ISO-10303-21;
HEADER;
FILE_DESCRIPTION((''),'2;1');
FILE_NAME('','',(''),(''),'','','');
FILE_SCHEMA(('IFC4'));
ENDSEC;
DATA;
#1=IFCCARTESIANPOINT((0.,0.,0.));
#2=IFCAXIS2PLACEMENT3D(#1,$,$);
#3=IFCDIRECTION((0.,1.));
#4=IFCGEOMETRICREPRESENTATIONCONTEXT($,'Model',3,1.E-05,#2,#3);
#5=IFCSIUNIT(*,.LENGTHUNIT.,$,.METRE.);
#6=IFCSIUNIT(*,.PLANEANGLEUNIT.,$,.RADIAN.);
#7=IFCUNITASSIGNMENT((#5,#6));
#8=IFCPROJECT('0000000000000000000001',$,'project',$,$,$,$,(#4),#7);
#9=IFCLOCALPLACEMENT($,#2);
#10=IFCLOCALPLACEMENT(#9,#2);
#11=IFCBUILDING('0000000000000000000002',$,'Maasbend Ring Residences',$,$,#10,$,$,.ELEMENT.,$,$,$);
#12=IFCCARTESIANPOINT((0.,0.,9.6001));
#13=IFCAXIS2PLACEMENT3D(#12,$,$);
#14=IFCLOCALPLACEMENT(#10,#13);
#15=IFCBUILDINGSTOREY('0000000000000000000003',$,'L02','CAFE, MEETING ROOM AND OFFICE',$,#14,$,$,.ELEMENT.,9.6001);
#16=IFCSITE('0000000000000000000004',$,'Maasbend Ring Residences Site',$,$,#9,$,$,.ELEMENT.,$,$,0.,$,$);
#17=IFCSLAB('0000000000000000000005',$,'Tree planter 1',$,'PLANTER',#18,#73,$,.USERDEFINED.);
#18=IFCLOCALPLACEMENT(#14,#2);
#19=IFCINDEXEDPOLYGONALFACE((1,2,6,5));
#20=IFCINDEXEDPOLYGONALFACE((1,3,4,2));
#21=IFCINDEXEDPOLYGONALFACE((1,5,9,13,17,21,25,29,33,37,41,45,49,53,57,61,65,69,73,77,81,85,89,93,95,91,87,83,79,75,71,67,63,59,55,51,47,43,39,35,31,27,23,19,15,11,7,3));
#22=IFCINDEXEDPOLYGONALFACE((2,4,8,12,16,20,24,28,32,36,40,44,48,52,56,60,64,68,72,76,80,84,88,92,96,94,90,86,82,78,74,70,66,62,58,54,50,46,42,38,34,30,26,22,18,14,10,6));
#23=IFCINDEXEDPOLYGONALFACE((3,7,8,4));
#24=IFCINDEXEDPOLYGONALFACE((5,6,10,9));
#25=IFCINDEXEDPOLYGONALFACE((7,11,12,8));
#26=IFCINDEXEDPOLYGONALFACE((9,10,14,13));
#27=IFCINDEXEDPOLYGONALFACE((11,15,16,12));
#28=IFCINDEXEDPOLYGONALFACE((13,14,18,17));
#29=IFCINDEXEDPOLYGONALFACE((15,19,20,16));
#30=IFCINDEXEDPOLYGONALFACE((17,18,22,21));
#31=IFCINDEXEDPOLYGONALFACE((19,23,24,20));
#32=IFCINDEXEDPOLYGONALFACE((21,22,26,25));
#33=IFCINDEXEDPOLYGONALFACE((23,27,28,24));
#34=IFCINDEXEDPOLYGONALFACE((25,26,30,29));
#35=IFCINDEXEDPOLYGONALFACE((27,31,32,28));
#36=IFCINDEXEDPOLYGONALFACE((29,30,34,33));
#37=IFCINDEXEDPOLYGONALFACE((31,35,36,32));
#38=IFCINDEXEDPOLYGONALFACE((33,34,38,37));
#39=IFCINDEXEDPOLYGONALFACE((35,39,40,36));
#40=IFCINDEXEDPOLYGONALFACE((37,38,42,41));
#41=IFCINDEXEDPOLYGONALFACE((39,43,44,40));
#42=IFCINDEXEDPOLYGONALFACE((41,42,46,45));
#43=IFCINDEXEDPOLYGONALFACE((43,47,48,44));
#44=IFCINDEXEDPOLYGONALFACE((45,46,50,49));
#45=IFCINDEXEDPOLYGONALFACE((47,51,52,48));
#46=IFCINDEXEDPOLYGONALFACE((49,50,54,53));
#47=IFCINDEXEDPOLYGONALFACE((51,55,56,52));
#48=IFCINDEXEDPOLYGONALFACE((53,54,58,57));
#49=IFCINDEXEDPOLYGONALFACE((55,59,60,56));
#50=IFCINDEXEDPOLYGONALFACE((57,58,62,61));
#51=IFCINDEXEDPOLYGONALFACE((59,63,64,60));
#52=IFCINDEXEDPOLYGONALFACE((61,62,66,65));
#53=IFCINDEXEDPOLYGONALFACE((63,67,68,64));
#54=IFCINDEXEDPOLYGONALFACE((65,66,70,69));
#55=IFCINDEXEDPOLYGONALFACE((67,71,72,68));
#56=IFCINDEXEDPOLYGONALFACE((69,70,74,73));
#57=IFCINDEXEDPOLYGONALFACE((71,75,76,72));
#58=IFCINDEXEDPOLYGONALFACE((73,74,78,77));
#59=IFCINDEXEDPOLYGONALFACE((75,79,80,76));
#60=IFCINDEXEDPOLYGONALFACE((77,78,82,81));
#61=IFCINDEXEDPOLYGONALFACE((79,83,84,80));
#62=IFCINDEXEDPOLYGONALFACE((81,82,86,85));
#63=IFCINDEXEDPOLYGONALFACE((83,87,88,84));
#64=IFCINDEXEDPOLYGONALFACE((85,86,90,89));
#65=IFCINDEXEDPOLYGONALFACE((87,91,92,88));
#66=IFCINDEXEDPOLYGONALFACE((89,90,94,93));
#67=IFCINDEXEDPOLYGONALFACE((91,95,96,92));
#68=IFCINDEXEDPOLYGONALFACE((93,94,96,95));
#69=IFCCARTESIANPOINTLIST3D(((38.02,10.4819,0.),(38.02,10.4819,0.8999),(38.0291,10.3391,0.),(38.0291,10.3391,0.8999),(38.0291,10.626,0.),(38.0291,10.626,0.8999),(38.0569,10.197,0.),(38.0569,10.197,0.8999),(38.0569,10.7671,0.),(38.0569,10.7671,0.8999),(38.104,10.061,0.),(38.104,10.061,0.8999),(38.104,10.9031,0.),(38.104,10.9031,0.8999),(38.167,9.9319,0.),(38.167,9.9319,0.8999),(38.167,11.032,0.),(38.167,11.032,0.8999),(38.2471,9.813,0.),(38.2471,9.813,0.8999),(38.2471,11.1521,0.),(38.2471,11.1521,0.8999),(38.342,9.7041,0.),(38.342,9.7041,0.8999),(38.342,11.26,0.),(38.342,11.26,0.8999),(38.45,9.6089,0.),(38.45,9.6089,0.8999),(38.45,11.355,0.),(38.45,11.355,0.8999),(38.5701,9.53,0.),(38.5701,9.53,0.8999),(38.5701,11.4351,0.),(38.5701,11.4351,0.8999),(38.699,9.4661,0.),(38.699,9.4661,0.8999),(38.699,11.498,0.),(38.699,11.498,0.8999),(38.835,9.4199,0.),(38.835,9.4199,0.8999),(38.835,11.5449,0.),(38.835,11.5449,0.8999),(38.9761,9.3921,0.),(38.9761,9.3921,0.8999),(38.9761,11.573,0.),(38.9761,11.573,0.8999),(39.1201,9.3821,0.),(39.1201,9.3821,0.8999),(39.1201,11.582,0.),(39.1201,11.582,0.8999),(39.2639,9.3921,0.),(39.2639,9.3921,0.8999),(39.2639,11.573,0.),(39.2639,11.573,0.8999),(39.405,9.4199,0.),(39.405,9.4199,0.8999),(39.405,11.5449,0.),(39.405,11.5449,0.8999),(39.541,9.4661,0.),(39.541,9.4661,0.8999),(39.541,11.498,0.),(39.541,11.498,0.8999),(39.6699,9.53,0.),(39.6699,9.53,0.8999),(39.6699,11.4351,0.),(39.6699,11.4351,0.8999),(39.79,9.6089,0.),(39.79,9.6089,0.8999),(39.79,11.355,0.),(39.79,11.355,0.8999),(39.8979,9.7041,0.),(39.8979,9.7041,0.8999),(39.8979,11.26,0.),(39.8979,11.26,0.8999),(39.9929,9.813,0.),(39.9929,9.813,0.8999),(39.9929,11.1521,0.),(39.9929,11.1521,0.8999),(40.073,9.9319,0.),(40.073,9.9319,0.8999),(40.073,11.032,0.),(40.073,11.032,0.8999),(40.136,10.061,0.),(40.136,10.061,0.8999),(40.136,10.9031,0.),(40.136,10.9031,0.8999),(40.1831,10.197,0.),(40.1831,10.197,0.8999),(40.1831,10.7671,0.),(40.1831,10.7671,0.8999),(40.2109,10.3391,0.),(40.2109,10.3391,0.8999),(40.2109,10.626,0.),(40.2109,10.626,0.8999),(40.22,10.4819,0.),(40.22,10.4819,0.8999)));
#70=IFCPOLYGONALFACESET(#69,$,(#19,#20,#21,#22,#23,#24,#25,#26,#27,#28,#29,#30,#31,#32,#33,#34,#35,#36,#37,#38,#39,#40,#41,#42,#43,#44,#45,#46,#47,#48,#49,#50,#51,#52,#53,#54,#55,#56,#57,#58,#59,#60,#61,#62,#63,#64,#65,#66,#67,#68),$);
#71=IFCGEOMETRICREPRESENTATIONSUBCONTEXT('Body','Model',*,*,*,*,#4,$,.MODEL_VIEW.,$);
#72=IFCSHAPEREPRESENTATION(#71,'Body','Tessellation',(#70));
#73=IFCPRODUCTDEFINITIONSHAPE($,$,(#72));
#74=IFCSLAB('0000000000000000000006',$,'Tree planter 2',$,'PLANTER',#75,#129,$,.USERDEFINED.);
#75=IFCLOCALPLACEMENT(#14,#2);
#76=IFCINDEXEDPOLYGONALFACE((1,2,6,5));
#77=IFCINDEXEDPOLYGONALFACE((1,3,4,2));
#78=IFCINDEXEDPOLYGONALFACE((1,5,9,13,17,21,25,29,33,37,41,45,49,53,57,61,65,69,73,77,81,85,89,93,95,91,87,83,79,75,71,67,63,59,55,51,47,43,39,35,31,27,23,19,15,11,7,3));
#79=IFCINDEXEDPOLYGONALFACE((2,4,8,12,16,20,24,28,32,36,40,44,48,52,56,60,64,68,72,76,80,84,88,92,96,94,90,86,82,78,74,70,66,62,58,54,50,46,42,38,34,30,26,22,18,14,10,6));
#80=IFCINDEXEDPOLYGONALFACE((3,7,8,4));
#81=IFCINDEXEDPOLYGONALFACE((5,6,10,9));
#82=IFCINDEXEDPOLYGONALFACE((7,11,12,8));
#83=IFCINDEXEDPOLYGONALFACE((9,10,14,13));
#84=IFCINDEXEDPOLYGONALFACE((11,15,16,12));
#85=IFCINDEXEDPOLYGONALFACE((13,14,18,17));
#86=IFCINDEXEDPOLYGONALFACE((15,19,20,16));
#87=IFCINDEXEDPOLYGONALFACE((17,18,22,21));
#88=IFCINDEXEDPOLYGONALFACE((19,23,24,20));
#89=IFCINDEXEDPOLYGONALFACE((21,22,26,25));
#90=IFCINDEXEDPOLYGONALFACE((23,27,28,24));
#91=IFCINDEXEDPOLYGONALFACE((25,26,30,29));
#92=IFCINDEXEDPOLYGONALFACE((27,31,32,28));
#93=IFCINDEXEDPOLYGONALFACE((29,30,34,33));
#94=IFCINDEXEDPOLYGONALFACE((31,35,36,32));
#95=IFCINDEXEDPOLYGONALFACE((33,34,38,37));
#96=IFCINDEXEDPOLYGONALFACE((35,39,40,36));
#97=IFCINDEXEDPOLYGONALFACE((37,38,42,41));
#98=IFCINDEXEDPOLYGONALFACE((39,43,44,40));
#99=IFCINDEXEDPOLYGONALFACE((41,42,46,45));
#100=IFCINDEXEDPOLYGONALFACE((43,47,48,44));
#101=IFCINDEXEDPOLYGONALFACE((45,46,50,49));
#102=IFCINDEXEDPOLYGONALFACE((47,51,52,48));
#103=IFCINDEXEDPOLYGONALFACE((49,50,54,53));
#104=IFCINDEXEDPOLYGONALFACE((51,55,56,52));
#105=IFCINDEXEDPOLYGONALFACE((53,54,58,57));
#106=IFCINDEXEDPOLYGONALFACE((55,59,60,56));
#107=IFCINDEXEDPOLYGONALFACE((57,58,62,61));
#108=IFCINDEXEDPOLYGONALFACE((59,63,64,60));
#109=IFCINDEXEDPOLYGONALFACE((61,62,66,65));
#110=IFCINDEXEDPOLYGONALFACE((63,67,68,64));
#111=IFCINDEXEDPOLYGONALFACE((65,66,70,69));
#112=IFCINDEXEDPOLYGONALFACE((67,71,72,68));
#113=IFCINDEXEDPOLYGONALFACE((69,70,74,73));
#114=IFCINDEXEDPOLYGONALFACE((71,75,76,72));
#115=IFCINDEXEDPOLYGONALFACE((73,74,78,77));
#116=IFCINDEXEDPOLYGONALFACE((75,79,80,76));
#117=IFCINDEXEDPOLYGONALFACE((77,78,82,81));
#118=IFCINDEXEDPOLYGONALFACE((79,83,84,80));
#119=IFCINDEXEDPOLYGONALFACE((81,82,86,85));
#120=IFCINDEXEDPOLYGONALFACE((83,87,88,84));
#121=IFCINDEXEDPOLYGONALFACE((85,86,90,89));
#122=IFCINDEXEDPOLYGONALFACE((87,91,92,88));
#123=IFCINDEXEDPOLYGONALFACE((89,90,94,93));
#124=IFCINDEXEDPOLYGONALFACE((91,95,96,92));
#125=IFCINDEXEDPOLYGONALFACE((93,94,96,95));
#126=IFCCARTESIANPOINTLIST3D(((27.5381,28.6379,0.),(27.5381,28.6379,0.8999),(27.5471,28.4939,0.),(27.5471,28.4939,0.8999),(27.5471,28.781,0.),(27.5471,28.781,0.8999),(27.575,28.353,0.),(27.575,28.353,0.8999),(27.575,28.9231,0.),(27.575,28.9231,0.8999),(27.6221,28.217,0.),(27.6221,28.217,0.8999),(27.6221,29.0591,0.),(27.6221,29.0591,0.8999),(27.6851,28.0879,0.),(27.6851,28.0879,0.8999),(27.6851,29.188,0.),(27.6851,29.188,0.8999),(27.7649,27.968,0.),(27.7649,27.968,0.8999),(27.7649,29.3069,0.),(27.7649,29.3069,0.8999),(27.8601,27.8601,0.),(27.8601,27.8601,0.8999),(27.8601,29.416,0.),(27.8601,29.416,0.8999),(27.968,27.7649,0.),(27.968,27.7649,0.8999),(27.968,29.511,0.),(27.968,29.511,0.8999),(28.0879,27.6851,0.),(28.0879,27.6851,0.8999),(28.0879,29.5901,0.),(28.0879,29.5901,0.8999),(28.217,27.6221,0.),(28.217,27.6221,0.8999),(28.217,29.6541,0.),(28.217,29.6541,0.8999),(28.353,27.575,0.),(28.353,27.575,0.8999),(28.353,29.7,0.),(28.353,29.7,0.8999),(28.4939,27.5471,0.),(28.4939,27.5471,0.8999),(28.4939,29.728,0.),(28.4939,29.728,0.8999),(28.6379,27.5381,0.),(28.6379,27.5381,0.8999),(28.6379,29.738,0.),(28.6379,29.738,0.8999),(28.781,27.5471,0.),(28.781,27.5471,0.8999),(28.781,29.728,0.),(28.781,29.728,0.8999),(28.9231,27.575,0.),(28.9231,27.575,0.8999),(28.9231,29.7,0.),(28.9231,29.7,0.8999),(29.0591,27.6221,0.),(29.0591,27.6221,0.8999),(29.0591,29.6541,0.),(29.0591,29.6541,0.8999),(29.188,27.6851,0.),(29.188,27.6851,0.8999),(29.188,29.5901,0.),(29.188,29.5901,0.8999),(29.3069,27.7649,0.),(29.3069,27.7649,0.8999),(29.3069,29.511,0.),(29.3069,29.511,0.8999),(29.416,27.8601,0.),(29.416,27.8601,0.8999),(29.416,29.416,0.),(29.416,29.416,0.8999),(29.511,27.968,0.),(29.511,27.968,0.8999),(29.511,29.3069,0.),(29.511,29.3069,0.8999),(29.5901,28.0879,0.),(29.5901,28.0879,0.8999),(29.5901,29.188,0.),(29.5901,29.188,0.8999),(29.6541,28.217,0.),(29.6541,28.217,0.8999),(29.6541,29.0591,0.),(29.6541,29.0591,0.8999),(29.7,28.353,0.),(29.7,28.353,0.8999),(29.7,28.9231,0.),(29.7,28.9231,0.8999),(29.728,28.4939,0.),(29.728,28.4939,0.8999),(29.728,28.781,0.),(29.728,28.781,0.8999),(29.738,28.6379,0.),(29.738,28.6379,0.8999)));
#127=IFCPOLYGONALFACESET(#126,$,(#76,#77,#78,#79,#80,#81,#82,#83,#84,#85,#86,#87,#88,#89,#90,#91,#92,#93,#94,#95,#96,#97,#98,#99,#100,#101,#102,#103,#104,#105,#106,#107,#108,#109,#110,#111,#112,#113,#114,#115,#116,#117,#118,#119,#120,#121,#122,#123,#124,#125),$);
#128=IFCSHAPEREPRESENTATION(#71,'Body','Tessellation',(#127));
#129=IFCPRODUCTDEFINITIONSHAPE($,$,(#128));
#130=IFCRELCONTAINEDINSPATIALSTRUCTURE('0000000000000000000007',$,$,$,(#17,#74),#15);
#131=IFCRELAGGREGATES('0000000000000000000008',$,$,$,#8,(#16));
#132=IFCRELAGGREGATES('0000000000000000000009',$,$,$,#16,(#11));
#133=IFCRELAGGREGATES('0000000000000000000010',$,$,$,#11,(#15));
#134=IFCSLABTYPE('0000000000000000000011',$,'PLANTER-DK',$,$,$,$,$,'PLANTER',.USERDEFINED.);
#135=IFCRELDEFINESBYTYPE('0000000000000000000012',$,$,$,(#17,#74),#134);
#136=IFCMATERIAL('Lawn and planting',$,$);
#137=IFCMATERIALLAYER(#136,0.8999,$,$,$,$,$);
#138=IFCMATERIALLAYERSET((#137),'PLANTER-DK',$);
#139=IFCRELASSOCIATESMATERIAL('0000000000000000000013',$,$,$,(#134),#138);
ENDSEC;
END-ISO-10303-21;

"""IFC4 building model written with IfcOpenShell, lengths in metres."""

from ifc_helpers import new_model, si_unit, direction, frame, origin, place, context, subcontext, project, spatial, polyline, outline, extrude, material, layer, layer_set, type_object, element, save


model = new_model("IFC4")

# Units and contexts
model_context = context("Model", 3, precision=1e-05, world=origin(), true_north=direction((0.0, 1.0)))
body_context = subcontext(model_context, "Body", "Model", "MODEL_VIEW")
ifc_project = project(units=[si_unit("LENGTHUNIT", "METRE"), si_unit("PLANEANGLEUNIT", "RADIAN")], contexts=[model_context])

# Site, building, storey
site_placement = place(None, origin())
site = spatial("IfcSite", under=ifc_project, at=site_placement, Name="Maasbend Ring Residences Site", CompositionType="ELEMENT", RefElevation=0.0)
building_placement = place(site_placement, origin())
building = spatial("IfcBuilding", under=site, at=building_placement, Name="Maasbend Ring Residences", CompositionType="ELEMENT")
storey_placement = place(building_placement, frame((0.0, 0.0, 9.6001)))
storey = spatial("IfcBuildingStorey", under=building, at=storey_placement, Name="L02", Description="CAFE, MEETING ROOM AND OFFICE", CompositionType="ELEMENT", Elevation=9.6001)

# Slabs
ifc_material = material(Name="Lawn and planting")
ifc_layer = layer(ifc_material, 0.8999)
ifc_layer_set = layer_set([ifc_layer], Name="PLANTER-DK")
slab_type = type_object("IfcSlabType", Name="PLANTER-DK", ElementType="PLANTER", PredefinedType="USERDEFINED", material=ifc_layer_set)
slab_1_placement = place(storey_placement, origin())
element("IfcSlab", 1, at=slab_1_placement, inside=storey, type_object=slab_type, Name="Tree planter 1", ObjectType="PLANTER", PredefinedType="USERDEFINED", context=body_context, shape_type="SweptSolid", body=[
    extrude(outline(polyline([(40.22, 10.4819), (40.2109, 10.3391), (40.1831, 10.197), (40.136, 10.061), (40.073, 9.9319), (39.9929, 9.813), (39.8979, 9.7041), (39.79, 9.6089), (39.6699, 9.53), (39.541, 9.4661), (39.405, 9.4199), (39.2639, 9.3921), (39.1201, 9.3821), (38.9761, 9.3921), (38.835, 9.4199), (38.699, 9.4661), (38.5701, 9.53), (38.45, 9.6089), (38.342, 9.7041), (38.2471, 9.813), (38.167, 9.9319), (38.104, 10.061), (38.0569, 10.197), (38.0291, 10.3391), (38.02, 10.4819), (38.0291, 10.626), (38.0569, 10.7671), (38.104, 10.9031), (38.167, 11.032), (38.2471, 11.1521), (38.342, 11.26), (38.45, 11.355), (38.5701, 11.4351), (38.699, 11.498), (38.835, 11.5449), (38.9761, 11.573), (39.1201, 11.582), (39.2639, 11.573), (39.405, 11.5449), (39.541, 11.498), (39.6699, 11.4351), (39.79, 11.355), (39.8979, 11.26), (39.9929, 11.1521), (40.073, 11.032), (40.136, 10.9031), (40.1831, 10.7671), (40.2109, 10.626), (40.22, 10.4819)])), origin(), (0.0, 0.0, 1.0), 0.8999),
])
slab_2_placement = place(storey_placement, origin())
element("IfcSlab", 2, at=slab_2_placement, inside=storey, type_object=slab_type, Name="Tree planter 2", ObjectType="PLANTER", PredefinedType="USERDEFINED", context=body_context, shape_type="SweptSolid", body=[
    extrude(outline(polyline([(29.738, 28.6379), (29.728, 28.4939), (29.7, 28.353), (29.6541, 28.217), (29.5901, 28.0879), (29.511, 27.968), (29.416, 27.8601), (29.3069, 27.7649), (29.188, 27.6851), (29.0591, 27.6221), (28.9231, 27.575), (28.781, 27.5471), (28.6379, 27.5381), (28.4939, 27.5471), (28.353, 27.575), (28.217, 27.6221), (28.0879, 27.6851), (27.968, 27.7649), (27.8601, 27.8601), (27.7649, 27.968), (27.6851, 28.0879), (27.6221, 28.217), (27.575, 28.353), (27.5471, 28.4939), (27.5381, 28.6379), (27.5471, 28.781), (27.575, 28.9231), (27.6221, 29.0591), (27.6851, 29.188), (27.7649, 29.3069), (27.8601, 29.416), (27.968, 29.511), (28.0879, 29.5901), (28.217, 29.6541), (28.353, 29.7), (28.4939, 29.728), (28.6379, 29.738), (28.781, 29.728), (28.9231, 29.7), (29.0591, 29.6541), (29.188, 29.5901), (29.3069, 29.511), (29.416, 29.416), (29.511, 29.3069), (29.5901, 29.188), (29.6541, 29.0591), (29.7, 28.9231), (29.728, 28.781), (29.738, 28.6379)])), origin(), (0.0, 0.0, 1.0), 0.8999),
])

save(model, "model.ifc")
